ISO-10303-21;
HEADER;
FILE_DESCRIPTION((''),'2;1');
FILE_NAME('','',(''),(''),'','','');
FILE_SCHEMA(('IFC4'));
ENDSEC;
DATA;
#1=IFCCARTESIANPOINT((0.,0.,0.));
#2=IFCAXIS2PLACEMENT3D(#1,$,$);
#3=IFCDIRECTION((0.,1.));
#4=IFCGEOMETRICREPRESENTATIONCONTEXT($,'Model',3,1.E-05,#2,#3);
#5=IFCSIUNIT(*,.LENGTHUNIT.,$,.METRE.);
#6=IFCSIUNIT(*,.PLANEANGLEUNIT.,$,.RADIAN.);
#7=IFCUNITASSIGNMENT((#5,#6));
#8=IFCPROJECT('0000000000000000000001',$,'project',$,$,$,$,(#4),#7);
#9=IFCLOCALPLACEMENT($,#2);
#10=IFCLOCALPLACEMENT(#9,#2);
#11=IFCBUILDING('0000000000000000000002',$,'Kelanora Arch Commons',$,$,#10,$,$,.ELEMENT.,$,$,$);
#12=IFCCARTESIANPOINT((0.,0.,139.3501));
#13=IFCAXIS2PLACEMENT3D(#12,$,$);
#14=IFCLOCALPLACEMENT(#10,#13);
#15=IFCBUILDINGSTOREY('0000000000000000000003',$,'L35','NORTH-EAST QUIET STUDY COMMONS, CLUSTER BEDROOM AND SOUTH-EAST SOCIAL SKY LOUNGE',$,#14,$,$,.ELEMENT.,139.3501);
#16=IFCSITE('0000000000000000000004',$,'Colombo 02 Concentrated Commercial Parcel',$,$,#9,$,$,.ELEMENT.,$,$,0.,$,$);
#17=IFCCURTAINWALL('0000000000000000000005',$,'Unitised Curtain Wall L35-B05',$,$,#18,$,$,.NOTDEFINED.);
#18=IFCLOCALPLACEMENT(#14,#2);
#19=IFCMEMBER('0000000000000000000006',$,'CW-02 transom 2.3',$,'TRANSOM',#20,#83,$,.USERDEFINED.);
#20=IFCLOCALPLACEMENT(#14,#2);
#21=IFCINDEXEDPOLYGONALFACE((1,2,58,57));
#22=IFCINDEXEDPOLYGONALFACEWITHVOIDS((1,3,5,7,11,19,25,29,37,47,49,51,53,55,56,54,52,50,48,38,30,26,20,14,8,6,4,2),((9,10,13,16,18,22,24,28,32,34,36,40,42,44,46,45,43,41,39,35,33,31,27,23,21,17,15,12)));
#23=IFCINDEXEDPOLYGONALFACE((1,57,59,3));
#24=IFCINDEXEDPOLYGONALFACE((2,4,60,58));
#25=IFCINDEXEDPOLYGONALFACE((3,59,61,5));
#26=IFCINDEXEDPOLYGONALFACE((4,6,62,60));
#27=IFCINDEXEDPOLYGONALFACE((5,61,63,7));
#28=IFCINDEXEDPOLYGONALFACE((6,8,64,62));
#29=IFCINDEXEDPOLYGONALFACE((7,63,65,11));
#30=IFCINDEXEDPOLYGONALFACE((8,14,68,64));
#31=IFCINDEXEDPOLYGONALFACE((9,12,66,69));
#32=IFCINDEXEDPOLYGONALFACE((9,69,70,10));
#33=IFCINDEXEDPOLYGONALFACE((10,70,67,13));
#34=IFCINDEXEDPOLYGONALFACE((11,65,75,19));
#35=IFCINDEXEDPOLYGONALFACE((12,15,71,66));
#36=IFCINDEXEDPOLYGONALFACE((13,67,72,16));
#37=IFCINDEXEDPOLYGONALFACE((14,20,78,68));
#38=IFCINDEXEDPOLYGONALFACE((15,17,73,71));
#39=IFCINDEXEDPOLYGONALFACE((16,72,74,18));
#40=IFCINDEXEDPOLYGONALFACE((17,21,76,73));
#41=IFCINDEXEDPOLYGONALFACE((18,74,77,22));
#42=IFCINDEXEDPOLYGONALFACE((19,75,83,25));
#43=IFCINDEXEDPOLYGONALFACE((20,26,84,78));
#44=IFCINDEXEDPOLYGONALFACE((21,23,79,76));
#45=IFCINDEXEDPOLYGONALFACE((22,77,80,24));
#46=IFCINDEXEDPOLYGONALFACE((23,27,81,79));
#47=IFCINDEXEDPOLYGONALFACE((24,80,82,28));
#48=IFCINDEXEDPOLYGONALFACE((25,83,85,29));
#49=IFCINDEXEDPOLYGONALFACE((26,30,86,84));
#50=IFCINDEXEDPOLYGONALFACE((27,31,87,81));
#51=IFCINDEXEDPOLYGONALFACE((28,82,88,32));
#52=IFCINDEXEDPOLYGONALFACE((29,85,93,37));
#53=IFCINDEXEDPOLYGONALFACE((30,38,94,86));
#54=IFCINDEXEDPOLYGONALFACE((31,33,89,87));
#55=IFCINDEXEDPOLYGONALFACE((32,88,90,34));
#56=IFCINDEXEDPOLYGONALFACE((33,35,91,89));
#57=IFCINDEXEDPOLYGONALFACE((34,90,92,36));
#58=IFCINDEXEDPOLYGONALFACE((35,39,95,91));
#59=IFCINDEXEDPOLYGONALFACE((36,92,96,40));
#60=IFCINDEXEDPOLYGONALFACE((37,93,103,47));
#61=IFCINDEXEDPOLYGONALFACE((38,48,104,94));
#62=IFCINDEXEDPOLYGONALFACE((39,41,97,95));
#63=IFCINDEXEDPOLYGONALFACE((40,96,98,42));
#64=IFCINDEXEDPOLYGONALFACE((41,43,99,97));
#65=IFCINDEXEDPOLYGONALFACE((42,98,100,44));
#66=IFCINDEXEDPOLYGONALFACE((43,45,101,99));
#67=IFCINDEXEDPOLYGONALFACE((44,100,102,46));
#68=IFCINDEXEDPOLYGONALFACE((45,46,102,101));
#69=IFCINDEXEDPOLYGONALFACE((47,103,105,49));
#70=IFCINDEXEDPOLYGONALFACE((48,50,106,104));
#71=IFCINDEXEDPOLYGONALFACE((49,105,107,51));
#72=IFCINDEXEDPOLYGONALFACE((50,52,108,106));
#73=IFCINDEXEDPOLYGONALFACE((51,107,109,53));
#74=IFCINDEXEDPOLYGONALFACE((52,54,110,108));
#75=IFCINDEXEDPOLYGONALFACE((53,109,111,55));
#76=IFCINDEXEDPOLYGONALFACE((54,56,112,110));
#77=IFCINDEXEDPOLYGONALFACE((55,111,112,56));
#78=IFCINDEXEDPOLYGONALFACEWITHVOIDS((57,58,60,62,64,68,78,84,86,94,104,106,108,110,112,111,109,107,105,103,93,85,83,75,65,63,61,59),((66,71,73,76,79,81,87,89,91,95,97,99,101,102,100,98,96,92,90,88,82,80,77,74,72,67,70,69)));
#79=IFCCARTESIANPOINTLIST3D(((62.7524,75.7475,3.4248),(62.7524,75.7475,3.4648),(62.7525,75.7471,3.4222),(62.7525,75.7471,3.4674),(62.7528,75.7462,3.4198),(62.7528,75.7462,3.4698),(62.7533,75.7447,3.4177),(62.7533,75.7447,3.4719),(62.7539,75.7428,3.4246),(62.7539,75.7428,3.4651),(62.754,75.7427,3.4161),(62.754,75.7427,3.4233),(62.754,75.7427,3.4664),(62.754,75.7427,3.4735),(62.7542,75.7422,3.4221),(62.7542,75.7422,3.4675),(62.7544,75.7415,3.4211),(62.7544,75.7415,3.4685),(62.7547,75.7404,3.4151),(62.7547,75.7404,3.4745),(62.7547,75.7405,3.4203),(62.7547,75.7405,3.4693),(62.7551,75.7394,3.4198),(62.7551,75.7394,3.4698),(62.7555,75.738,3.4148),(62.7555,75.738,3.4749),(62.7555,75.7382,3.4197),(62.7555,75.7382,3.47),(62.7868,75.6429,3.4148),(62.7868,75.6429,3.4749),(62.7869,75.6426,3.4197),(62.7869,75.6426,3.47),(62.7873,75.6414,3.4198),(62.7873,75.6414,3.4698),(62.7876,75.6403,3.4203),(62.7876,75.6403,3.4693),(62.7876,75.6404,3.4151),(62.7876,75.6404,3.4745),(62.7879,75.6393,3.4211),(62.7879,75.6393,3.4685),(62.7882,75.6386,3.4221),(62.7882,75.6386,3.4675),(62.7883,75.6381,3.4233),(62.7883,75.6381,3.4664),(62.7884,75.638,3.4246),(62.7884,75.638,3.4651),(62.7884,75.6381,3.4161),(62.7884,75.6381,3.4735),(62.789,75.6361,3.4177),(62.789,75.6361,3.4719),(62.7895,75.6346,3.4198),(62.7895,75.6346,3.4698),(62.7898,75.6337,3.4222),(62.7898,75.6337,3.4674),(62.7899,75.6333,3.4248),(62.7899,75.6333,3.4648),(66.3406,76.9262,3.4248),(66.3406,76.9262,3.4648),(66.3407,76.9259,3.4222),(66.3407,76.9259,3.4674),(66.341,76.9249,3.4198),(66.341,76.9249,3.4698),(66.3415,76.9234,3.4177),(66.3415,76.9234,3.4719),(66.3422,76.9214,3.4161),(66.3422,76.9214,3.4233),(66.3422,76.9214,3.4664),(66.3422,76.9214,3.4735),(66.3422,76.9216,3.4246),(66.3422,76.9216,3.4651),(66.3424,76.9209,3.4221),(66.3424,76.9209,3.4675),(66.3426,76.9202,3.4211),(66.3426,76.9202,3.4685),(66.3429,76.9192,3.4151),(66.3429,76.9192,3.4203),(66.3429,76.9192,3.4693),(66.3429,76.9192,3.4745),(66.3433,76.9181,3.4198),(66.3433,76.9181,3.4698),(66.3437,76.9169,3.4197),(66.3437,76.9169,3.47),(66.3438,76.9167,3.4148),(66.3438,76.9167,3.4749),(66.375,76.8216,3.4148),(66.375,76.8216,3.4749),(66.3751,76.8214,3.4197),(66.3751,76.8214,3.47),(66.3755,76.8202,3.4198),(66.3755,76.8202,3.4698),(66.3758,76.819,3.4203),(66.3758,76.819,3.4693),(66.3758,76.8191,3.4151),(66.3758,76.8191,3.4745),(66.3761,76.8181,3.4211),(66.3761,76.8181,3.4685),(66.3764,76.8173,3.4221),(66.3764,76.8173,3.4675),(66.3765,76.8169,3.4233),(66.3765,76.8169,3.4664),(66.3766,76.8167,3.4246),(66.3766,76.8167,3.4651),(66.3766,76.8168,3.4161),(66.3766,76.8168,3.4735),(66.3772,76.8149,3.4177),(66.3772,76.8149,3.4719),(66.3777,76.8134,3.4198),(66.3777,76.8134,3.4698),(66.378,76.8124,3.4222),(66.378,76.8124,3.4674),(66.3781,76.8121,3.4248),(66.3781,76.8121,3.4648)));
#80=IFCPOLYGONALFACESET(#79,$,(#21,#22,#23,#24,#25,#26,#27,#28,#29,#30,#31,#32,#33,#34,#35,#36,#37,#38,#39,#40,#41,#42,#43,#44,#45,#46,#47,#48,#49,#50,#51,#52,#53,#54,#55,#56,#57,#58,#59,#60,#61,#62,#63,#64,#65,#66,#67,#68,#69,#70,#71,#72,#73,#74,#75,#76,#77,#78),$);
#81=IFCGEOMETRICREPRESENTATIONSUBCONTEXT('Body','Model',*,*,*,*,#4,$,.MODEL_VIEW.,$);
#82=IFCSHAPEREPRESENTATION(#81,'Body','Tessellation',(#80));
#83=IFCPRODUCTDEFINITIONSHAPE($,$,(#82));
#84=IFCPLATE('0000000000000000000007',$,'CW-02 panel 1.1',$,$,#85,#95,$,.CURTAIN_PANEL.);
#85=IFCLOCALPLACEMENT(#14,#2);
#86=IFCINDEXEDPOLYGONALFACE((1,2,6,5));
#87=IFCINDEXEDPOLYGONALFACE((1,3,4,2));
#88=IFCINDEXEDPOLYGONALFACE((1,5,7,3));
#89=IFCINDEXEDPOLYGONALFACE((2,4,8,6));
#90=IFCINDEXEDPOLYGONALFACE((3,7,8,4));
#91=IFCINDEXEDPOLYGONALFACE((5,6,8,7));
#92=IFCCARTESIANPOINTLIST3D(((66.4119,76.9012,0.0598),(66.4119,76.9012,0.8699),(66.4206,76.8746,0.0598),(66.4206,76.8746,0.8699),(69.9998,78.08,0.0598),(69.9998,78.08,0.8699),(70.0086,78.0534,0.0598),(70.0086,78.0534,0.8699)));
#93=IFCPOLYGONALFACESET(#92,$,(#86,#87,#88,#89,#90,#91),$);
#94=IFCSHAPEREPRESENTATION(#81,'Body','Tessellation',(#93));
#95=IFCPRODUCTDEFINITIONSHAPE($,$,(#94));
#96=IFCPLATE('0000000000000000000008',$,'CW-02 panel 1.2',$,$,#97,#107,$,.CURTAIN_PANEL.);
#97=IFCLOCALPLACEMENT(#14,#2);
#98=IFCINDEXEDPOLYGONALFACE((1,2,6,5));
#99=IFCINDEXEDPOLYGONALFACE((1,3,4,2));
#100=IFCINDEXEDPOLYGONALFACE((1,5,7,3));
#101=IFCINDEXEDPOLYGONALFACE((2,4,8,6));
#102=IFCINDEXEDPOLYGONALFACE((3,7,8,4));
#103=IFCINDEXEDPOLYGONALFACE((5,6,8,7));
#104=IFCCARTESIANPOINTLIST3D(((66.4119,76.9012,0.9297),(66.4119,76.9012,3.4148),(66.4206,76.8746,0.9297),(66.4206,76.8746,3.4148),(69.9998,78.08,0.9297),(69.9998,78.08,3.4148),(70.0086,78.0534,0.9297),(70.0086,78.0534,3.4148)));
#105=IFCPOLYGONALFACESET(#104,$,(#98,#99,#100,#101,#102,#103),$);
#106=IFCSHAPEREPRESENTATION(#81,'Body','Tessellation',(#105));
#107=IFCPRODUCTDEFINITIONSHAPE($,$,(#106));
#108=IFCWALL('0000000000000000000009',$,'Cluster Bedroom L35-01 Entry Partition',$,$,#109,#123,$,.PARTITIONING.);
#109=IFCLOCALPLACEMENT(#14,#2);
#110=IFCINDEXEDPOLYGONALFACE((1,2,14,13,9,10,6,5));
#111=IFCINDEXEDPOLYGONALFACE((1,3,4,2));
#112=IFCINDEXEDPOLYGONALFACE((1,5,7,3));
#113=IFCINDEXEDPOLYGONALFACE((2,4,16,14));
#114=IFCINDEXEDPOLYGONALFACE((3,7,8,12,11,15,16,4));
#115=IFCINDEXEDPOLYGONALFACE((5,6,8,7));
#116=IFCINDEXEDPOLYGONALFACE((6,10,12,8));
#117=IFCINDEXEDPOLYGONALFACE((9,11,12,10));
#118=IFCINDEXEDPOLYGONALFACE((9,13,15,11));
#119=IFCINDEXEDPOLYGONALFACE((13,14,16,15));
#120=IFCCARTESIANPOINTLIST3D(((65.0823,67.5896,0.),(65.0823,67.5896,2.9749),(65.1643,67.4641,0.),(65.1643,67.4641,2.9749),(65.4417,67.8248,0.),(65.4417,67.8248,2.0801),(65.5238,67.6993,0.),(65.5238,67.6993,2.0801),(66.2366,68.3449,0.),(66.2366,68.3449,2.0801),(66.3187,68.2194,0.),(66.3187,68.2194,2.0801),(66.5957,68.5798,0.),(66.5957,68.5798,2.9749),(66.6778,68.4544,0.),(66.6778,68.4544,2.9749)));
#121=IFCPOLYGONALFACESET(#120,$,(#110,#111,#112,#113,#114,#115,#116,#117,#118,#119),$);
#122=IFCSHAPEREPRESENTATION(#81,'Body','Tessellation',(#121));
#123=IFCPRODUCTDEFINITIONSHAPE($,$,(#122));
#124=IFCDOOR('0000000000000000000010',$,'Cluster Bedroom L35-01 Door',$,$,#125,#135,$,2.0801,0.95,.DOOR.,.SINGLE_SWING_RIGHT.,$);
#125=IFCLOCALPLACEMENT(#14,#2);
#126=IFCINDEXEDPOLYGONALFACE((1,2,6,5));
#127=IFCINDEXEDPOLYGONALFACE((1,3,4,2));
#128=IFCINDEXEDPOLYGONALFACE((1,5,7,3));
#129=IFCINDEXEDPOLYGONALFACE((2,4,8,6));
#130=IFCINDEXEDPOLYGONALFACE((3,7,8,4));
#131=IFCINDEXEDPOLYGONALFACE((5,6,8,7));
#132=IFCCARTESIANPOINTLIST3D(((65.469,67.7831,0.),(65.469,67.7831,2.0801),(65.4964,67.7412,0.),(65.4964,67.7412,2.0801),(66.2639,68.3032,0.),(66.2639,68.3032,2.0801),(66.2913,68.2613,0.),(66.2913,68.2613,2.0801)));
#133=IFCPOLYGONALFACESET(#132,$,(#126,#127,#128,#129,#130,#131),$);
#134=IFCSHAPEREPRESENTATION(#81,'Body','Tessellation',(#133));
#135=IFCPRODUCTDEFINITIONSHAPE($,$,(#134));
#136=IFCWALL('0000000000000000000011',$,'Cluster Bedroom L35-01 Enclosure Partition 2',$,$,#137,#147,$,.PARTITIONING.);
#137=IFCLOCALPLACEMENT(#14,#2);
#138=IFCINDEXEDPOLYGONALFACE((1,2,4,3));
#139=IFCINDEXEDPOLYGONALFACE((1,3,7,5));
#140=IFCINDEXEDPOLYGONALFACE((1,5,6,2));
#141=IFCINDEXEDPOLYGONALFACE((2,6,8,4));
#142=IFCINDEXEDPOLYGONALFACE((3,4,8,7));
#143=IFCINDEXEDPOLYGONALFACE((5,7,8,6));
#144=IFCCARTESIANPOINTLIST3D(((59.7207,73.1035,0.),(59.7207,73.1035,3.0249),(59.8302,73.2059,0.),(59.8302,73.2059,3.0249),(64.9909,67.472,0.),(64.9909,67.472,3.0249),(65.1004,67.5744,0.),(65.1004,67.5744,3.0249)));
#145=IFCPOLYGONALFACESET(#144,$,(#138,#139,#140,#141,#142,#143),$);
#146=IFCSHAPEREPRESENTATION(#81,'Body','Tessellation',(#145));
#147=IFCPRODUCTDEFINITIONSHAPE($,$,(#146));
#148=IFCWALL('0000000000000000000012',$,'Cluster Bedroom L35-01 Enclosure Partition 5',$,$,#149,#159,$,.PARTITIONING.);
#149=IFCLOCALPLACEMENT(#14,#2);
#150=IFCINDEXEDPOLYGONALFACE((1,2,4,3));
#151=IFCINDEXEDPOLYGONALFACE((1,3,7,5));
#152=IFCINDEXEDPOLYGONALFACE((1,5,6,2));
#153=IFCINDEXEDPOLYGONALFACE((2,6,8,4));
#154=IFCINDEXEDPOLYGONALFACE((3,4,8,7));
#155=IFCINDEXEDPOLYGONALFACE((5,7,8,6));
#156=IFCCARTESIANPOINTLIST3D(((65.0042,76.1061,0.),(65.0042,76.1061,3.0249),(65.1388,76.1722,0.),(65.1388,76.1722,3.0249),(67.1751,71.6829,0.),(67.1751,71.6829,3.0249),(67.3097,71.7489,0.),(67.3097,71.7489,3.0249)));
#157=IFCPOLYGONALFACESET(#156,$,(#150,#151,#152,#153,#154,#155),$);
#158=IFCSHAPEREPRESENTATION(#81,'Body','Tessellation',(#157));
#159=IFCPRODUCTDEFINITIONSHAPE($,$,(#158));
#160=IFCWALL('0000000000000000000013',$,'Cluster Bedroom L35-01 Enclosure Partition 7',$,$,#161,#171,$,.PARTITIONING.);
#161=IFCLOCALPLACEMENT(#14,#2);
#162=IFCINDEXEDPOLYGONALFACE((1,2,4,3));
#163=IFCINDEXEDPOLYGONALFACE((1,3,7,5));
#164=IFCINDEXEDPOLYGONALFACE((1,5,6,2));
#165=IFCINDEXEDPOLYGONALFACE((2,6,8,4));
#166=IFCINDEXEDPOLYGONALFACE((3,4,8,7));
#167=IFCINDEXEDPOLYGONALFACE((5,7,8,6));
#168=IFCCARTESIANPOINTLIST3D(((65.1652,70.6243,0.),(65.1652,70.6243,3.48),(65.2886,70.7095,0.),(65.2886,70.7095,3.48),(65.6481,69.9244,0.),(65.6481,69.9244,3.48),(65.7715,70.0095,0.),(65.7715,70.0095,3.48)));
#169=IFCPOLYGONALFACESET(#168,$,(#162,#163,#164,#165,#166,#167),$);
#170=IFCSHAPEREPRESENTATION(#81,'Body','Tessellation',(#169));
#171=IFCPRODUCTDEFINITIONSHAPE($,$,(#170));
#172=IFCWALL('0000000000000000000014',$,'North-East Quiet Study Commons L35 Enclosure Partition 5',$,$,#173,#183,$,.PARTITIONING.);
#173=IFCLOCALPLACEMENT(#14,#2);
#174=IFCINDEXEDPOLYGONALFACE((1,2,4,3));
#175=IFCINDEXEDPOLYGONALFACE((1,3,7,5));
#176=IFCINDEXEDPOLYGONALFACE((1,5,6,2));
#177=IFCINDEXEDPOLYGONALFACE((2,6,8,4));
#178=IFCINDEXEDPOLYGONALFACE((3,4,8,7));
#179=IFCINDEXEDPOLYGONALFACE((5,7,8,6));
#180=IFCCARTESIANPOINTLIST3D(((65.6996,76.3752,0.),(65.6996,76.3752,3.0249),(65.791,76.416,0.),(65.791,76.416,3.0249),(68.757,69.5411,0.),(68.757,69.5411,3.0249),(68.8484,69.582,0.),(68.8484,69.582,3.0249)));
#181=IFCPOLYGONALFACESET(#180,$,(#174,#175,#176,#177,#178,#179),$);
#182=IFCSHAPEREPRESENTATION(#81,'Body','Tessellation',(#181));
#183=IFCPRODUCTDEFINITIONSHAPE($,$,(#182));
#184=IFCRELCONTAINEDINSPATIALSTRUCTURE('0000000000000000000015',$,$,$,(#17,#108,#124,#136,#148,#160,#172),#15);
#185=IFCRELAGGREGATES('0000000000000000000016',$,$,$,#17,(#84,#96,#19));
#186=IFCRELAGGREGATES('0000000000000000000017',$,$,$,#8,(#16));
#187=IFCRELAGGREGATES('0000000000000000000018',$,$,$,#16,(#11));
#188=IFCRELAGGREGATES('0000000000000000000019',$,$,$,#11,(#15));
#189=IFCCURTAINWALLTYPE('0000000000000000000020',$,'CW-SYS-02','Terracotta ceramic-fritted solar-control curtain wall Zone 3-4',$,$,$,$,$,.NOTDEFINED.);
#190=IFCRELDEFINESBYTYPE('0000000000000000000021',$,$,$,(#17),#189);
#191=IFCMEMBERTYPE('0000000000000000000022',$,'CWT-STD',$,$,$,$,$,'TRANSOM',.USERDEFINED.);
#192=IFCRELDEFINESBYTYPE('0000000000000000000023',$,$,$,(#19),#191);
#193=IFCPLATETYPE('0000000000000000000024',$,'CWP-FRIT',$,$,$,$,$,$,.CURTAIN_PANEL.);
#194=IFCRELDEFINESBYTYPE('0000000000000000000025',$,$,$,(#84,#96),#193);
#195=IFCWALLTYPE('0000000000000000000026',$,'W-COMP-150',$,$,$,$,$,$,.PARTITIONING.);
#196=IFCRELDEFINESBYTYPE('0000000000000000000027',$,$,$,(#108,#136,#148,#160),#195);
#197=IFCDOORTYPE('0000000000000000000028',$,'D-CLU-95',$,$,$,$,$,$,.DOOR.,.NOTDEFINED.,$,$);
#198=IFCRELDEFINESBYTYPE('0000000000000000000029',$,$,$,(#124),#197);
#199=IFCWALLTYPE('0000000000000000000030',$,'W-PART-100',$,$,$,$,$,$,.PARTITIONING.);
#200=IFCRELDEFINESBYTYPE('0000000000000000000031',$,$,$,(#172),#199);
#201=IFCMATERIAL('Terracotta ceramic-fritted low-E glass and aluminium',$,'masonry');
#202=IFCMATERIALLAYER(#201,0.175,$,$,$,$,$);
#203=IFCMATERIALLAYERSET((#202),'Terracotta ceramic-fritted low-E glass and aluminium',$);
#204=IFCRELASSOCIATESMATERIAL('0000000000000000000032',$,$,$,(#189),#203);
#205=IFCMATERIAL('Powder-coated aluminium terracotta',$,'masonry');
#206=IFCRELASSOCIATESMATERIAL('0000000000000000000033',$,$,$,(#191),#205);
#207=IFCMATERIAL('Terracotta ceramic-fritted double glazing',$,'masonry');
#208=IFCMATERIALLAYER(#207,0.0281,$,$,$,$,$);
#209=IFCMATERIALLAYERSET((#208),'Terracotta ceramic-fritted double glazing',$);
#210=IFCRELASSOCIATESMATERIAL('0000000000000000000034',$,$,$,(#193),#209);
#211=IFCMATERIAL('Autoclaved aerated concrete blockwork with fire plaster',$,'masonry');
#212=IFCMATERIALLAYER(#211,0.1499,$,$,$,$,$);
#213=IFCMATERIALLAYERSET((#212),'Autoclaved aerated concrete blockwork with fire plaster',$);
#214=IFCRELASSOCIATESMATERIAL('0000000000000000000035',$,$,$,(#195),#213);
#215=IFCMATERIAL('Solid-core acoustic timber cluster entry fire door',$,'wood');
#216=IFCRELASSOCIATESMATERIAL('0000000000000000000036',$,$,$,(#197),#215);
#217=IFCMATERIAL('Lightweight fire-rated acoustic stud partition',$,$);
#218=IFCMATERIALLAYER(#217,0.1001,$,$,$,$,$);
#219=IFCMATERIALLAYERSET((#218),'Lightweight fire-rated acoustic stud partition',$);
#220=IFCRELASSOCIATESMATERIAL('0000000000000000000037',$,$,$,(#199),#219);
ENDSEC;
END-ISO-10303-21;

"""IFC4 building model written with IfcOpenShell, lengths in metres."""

from ifc_helpers import new_model, si_unit, direction, frame, frame_2d, origin, origin_2d, place, context, subcontext, project, spatial, rectangle, hollow_rectangle, extrude, source, transform, mapped, material, layer, layer_set, material_profile, profile_set, type_object, element, fill, aggregate, save


model = new_model("IFC4")

# Units and contexts
model_context = context("Model", 3, precision=1e-05, world=origin(), true_north=direction((0.0, 1.0)))
body_context = subcontext(model_context, "Body", "Model", "MODEL_VIEW")
ifc_project = project(units=[si_unit("LENGTHUNIT", "METRE"), si_unit("PLANEANGLEUNIT", "RADIAN")], contexts=[model_context])

# Site, building, storey
site_placement = place(None, origin())
site = spatial("IfcSite", under=ifc_project, at=site_placement, Name="Colombo 02 Concentrated Commercial Parcel", CompositionType="ELEMENT", RefElevation=0.0)
building_placement = place(site_placement, origin())
building = spatial("IfcBuilding", under=site, at=building_placement, Name="Kelanora Arch Commons", CompositionType="ELEMENT")
storey_placement = place(building_placement, frame((0.0, 0.0, 139.3501)))
storey = spatial("IfcBuildingStorey", under=building, at=storey_placement, Name="L35", Description="NORTH-EAST QUIET STUDY COMMONS, CLUSTER BEDROOM AND SOUTH-EAST SOCIAL SKY LOUNGE", CompositionType="ELEMENT", Elevation=139.3501)

# Curtain wall, member, plates
ifc_material_1 = material(Name="Terracotta ceramic-fritted low-E glass and aluminium", Category="masonry")
ifc_layer_1 = layer(ifc_material_1, 0.175)
ifc_layer_set_1 = layer_set([ifc_layer_1], Name="Terracotta ceramic-fritted low-E glass and aluminium")
curtain_wall_type = type_object("IfcCurtainWallType", Name="CW-SYS-02", Description="Terracotta ceramic-fritted solar-control curtain wall Zone 3-4", PredefinedType="NOTDEFINED", material=ifc_layer_set_1)
curtain_wall_placement = place(storey_placement, origin())
curtain_wall = element("IfcCurtainWall", 1, at=curtain_wall_placement, inside=storey, type_object=curtain_wall_type, Name="Unitised Curtain Wall L35-B05", PredefinedType="NOTDEFINED")
ifc_material_2 = material(Name="Powder-coated aluminium terracotta", Category="masonry")
ifc_material_profile_1 = material_profile(ifc_material_2, hollow_rectangle(XDim=0.1201, YDim=0.0601, WallThickness=0.0049, InnerFilletRadius=0.0049, OuterFilletRadius=0.01, at=origin_2d()), Name="CWT120x60")
ifc_profile_set_1 = profile_set([ifc_material_profile_1], Name="Powder-coated aluminium terracotta")
member_type_1 = type_object("IfcMemberType", Name="CWT-STD", ElementType="TRANSOM", PredefinedType="USERDEFINED", material=ifc_profile_set_1)
member_1_placement = place(storey_placement, frame((66.3594, 76.8691, 3.4448), z_axis=(-0.950051, -0.312094, 0.0), x_axis=(0.312094, -0.950051, 0.0)))
member_1 = element("IfcMember", 2, at=member_1_placement, type_object=member_type_1, Name="CW-02 transom 2.3", ObjectType="TRANSOM", PredefinedType="USERDEFINED", context=body_context, shape_type="SweptSolid", body=[
    extrude(hollow_rectangle(XDim=0.1201, YDim=0.0601, WallThickness=0.0049, InnerFilletRadius=0.0049, OuterFilletRadius=0.01, at=origin_2d()), origin(), (0.0, 0.0, 1.0), 3.7769),
])
ifc_material_3 = material(Name="Terracotta ceramic-fritted double glazing", Category="masonry")
ifc_layer_2 = layer(ifc_material_3, 0.0281)
ifc_layer_set_2 = layer_set([ifc_layer_2], Name="Terracotta ceramic-fritted double glazing")
plate_type = type_object("IfcPlateType", Name="CWP-FRIT", PredefinedType="CURTAIN_PANEL", material=ifc_layer_set_2)
shared_shape_1 = source(origin(), body_context, "Body", "SweptSolid", [
    extrude(rectangle(XDim=3.7766, YDim=0.0281, at=origin_2d()), origin(), (0.0, 0.0, 1.0), 0.8101),
])
plate_1_placement = place(storey_placement, frame((68.2102, 77.4773, 0.0598), z_axis=(0.0, 0.0, 1.0), x_axis=(-0.95004, -0.312128, 0.0)))
plate_1 = element("IfcPlate", 3, at=plate_1_placement, type_object=plate_type, Name="CW-02 panel 1.1", PredefinedType="CURTAIN_PANEL", context=body_context, shape_type="MappedRepresentation", body=[
    mapped(shared_shape_1, transform((0.0, 0.0, 0.0), scale=1.0)),
])
shared_shape_2 = source(origin(), body_context, "Body", "SweptSolid", [
    extrude(rectangle(XDim=3.7766, YDim=0.0281, at=origin_2d()), origin(), (0.0, 0.0, 1.0), 2.4851),
])
plate_2_placement = place(storey_placement, frame((68.2102, 77.4773, 0.9297), z_axis=(0.0, 0.0, 1.0), x_axis=(-0.95004, -0.312128, 0.0)))
plate_2 = element("IfcPlate", 4, at=plate_2_placement, type_object=plate_type, Name="CW-02 panel 1.2", PredefinedType="CURTAIN_PANEL", context=body_context, shape_type="MappedRepresentation", body=[
    mapped(shared_shape_2, transform((0.0, 0.0, 0.0), scale=1.0)),
])
aggregate(curtain_wall, [plate_1, plate_2, member_1])

# Wall, opening, door
ifc_material_4 = material(Name="Autoclaved aerated concrete blockwork with fire plaster", Category="masonry")
ifc_layer_3 = layer(ifc_material_4, 0.1499)
ifc_layer_set_3 = layer_set([ifc_layer_3], Name="Autoclaved aerated concrete blockwork with fire plaster")
wall_type_1 = type_object("IfcWallType", Name="W-COMP-150", PredefinedType="PARTITIONING", material=ifc_layer_set_3)
wall_1_placement = place(storey_placement, frame((66.6367, 68.5171, 0.0), z_axis=(0.0, 0.0, 1.0), x_axis=(-0.836796, -0.547515, 0.0)))
wall_1 = element("IfcWall", 5, at=wall_1_placement, inside=storey, type_object=wall_type_1, Name="Cluster Bedroom L35-01 Entry Partition", PredefinedType="PARTITIONING", context=body_context, shape_type="SweptSolid", body=[
    extrude(rectangle(XDim=1.8086, YDim=0.1499, at=frame_2d((0.9043, 0.0))), origin(), (0.0, 0.0, 1.0), 2.9749),
])
opening_1_placement = place(wall_1_placement, frame((0.429, 0.0, 0.0)))
opening_1 = element("IfcOpeningElement", 6, at=opening_1_placement, cuts=wall_1, PredefinedType="OPENING", context=body_context, shape_type="SweptSolid", body=[
    extrude(rectangle(XDim=0.95, YDim=2.0801, at=frame_2d((0.4751, 1.04))), frame((0.0, 0.085, 0.0), z_axis=(0.0, -1.0, 0.0), x_axis=(1.0, 0.0, 0.0)), (0.0, 0.0, 1.0), 0.1699),
])
ifc_material_5 = material(Name="Solid-core acoustic timber cluster entry fire door", Category="wood")
door_type_1 = type_object("IfcDoorType", Name="D-CLU-95", OperationType="NOTDEFINED", PredefinedType="DOOR", material=ifc_material_5)
door_1_placement = place(opening_1_placement, origin())
door_1 = element("IfcDoor", 7, at=door_1_placement, inside=storey, type_object=door_type_1, Name="Cluster Bedroom L35-01 Door", OperationType="SINGLE_SWING_RIGHT", OverallHeight=2.0801, OverallWidth=0.95, PredefinedType="DOOR", context=body_context, shape_type="SweptSolid", body=[
    extrude(rectangle(XDim=0.95, YDim=2.0801, at=frame_2d((0.4751, 1.04))), frame((0.0, 0.0249, 0.0), z_axis=(0.0, -1.0, 0.0), x_axis=(1.0, 0.0, 0.0)), (0.0, 0.0, 1.0), 0.05),
])
fill(opening_1, door_1)

# Walls
wall_2_placement = place(storey_placement, frame((65.0457, 67.5232, 0.0), z_axis=(0.0, 0.0, 1.0), x_axis=(-0.683295, 0.730142, 0.0)))
element("IfcWall", 8, at=wall_2_placement, inside=storey, type_object=wall_type_1, Name="Cluster Bedroom L35-01 Enclosure Partition 2", PredefinedType="PARTITIONING", context=body_context, shape_type="SweptSolid", body=[
    extrude(rectangle(XDim=7.7129, YDim=0.1499, at=frame_2d((3.8564, 0.0))), origin(), (0.0, 0.0, 1.0), 3.0249),
])
wall_3_placement = place(storey_placement, frame((65.0715, 76.1392, 0.0), z_axis=(0.0, 0.0, 1.0), x_axis=(0.440582, -0.897713, 0.0)))
element("IfcWall", 9, at=wall_3_placement, inside=storey, type_object=wall_type_1, Name="Cluster Bedroom L35-01 Enclosure Partition 5", PredefinedType="PARTITIONING", context=body_context, shape_type="SweptSolid", body=[
    extrude(rectangle(XDim=4.9272, YDim=0.1499, at=frame_2d((2.4636, 0.0))), origin(), (0.0, 0.0, 1.0), 3.0249),
])
wall_4_placement = place(storey_placement, frame((65.2268, 70.667, 0.0), z_axis=(0.0, 0.0, 1.0), x_axis=(0.567881, -0.823111, 0.0)))
element("IfcWall", 10, at=wall_4_placement, inside=storey, type_object=wall_type_1, Name="Cluster Bedroom L35-01 Enclosure Partition 7", PredefinedType="PARTITIONING", context=body_context, shape_type="SweptSolid", body=[
    extrude(rectangle(XDim=0.8503, YDim=0.1499, at=frame_2d((0.4253, 0.0))), origin(), (0.0, 0.0, 1.0), 3.48),
])
ifc_material_6 = material(Name="Lightweight fire-rated acoustic stud partition")
ifc_layer_4 = layer(ifc_material_6, 0.1001)
ifc_layer_set_4 = layer_set([ifc_layer_4], Name="Lightweight fire-rated acoustic stud partition")
wall_type_2 = type_object("IfcWallType", Name="W-PART-100", PredefinedType="PARTITIONING", material=ifc_layer_set_4)
wall_5_placement = place(storey_placement, frame((68.8027, 69.5615, 0.0), z_axis=(0.0, 0.0, 1.0), x_axis=(-0.408373, 0.912815, 0.0)))
element("IfcWall", 11, at=wall_5_placement, inside=storey, type_object=wall_type_2, Name="North-East Quiet Study Commons L35 Enclosure Partition 5", PredefinedType="PARTITIONING", context=body_context, shape_type="SweptSolid", body=[
    extrude(rectangle(XDim=7.4868, YDim=0.1001, at=frame_2d((3.7434, 0.0))), origin(), (0.0, 0.0, 1.0), 3.0249),
])

save(model, "model.ifc")
